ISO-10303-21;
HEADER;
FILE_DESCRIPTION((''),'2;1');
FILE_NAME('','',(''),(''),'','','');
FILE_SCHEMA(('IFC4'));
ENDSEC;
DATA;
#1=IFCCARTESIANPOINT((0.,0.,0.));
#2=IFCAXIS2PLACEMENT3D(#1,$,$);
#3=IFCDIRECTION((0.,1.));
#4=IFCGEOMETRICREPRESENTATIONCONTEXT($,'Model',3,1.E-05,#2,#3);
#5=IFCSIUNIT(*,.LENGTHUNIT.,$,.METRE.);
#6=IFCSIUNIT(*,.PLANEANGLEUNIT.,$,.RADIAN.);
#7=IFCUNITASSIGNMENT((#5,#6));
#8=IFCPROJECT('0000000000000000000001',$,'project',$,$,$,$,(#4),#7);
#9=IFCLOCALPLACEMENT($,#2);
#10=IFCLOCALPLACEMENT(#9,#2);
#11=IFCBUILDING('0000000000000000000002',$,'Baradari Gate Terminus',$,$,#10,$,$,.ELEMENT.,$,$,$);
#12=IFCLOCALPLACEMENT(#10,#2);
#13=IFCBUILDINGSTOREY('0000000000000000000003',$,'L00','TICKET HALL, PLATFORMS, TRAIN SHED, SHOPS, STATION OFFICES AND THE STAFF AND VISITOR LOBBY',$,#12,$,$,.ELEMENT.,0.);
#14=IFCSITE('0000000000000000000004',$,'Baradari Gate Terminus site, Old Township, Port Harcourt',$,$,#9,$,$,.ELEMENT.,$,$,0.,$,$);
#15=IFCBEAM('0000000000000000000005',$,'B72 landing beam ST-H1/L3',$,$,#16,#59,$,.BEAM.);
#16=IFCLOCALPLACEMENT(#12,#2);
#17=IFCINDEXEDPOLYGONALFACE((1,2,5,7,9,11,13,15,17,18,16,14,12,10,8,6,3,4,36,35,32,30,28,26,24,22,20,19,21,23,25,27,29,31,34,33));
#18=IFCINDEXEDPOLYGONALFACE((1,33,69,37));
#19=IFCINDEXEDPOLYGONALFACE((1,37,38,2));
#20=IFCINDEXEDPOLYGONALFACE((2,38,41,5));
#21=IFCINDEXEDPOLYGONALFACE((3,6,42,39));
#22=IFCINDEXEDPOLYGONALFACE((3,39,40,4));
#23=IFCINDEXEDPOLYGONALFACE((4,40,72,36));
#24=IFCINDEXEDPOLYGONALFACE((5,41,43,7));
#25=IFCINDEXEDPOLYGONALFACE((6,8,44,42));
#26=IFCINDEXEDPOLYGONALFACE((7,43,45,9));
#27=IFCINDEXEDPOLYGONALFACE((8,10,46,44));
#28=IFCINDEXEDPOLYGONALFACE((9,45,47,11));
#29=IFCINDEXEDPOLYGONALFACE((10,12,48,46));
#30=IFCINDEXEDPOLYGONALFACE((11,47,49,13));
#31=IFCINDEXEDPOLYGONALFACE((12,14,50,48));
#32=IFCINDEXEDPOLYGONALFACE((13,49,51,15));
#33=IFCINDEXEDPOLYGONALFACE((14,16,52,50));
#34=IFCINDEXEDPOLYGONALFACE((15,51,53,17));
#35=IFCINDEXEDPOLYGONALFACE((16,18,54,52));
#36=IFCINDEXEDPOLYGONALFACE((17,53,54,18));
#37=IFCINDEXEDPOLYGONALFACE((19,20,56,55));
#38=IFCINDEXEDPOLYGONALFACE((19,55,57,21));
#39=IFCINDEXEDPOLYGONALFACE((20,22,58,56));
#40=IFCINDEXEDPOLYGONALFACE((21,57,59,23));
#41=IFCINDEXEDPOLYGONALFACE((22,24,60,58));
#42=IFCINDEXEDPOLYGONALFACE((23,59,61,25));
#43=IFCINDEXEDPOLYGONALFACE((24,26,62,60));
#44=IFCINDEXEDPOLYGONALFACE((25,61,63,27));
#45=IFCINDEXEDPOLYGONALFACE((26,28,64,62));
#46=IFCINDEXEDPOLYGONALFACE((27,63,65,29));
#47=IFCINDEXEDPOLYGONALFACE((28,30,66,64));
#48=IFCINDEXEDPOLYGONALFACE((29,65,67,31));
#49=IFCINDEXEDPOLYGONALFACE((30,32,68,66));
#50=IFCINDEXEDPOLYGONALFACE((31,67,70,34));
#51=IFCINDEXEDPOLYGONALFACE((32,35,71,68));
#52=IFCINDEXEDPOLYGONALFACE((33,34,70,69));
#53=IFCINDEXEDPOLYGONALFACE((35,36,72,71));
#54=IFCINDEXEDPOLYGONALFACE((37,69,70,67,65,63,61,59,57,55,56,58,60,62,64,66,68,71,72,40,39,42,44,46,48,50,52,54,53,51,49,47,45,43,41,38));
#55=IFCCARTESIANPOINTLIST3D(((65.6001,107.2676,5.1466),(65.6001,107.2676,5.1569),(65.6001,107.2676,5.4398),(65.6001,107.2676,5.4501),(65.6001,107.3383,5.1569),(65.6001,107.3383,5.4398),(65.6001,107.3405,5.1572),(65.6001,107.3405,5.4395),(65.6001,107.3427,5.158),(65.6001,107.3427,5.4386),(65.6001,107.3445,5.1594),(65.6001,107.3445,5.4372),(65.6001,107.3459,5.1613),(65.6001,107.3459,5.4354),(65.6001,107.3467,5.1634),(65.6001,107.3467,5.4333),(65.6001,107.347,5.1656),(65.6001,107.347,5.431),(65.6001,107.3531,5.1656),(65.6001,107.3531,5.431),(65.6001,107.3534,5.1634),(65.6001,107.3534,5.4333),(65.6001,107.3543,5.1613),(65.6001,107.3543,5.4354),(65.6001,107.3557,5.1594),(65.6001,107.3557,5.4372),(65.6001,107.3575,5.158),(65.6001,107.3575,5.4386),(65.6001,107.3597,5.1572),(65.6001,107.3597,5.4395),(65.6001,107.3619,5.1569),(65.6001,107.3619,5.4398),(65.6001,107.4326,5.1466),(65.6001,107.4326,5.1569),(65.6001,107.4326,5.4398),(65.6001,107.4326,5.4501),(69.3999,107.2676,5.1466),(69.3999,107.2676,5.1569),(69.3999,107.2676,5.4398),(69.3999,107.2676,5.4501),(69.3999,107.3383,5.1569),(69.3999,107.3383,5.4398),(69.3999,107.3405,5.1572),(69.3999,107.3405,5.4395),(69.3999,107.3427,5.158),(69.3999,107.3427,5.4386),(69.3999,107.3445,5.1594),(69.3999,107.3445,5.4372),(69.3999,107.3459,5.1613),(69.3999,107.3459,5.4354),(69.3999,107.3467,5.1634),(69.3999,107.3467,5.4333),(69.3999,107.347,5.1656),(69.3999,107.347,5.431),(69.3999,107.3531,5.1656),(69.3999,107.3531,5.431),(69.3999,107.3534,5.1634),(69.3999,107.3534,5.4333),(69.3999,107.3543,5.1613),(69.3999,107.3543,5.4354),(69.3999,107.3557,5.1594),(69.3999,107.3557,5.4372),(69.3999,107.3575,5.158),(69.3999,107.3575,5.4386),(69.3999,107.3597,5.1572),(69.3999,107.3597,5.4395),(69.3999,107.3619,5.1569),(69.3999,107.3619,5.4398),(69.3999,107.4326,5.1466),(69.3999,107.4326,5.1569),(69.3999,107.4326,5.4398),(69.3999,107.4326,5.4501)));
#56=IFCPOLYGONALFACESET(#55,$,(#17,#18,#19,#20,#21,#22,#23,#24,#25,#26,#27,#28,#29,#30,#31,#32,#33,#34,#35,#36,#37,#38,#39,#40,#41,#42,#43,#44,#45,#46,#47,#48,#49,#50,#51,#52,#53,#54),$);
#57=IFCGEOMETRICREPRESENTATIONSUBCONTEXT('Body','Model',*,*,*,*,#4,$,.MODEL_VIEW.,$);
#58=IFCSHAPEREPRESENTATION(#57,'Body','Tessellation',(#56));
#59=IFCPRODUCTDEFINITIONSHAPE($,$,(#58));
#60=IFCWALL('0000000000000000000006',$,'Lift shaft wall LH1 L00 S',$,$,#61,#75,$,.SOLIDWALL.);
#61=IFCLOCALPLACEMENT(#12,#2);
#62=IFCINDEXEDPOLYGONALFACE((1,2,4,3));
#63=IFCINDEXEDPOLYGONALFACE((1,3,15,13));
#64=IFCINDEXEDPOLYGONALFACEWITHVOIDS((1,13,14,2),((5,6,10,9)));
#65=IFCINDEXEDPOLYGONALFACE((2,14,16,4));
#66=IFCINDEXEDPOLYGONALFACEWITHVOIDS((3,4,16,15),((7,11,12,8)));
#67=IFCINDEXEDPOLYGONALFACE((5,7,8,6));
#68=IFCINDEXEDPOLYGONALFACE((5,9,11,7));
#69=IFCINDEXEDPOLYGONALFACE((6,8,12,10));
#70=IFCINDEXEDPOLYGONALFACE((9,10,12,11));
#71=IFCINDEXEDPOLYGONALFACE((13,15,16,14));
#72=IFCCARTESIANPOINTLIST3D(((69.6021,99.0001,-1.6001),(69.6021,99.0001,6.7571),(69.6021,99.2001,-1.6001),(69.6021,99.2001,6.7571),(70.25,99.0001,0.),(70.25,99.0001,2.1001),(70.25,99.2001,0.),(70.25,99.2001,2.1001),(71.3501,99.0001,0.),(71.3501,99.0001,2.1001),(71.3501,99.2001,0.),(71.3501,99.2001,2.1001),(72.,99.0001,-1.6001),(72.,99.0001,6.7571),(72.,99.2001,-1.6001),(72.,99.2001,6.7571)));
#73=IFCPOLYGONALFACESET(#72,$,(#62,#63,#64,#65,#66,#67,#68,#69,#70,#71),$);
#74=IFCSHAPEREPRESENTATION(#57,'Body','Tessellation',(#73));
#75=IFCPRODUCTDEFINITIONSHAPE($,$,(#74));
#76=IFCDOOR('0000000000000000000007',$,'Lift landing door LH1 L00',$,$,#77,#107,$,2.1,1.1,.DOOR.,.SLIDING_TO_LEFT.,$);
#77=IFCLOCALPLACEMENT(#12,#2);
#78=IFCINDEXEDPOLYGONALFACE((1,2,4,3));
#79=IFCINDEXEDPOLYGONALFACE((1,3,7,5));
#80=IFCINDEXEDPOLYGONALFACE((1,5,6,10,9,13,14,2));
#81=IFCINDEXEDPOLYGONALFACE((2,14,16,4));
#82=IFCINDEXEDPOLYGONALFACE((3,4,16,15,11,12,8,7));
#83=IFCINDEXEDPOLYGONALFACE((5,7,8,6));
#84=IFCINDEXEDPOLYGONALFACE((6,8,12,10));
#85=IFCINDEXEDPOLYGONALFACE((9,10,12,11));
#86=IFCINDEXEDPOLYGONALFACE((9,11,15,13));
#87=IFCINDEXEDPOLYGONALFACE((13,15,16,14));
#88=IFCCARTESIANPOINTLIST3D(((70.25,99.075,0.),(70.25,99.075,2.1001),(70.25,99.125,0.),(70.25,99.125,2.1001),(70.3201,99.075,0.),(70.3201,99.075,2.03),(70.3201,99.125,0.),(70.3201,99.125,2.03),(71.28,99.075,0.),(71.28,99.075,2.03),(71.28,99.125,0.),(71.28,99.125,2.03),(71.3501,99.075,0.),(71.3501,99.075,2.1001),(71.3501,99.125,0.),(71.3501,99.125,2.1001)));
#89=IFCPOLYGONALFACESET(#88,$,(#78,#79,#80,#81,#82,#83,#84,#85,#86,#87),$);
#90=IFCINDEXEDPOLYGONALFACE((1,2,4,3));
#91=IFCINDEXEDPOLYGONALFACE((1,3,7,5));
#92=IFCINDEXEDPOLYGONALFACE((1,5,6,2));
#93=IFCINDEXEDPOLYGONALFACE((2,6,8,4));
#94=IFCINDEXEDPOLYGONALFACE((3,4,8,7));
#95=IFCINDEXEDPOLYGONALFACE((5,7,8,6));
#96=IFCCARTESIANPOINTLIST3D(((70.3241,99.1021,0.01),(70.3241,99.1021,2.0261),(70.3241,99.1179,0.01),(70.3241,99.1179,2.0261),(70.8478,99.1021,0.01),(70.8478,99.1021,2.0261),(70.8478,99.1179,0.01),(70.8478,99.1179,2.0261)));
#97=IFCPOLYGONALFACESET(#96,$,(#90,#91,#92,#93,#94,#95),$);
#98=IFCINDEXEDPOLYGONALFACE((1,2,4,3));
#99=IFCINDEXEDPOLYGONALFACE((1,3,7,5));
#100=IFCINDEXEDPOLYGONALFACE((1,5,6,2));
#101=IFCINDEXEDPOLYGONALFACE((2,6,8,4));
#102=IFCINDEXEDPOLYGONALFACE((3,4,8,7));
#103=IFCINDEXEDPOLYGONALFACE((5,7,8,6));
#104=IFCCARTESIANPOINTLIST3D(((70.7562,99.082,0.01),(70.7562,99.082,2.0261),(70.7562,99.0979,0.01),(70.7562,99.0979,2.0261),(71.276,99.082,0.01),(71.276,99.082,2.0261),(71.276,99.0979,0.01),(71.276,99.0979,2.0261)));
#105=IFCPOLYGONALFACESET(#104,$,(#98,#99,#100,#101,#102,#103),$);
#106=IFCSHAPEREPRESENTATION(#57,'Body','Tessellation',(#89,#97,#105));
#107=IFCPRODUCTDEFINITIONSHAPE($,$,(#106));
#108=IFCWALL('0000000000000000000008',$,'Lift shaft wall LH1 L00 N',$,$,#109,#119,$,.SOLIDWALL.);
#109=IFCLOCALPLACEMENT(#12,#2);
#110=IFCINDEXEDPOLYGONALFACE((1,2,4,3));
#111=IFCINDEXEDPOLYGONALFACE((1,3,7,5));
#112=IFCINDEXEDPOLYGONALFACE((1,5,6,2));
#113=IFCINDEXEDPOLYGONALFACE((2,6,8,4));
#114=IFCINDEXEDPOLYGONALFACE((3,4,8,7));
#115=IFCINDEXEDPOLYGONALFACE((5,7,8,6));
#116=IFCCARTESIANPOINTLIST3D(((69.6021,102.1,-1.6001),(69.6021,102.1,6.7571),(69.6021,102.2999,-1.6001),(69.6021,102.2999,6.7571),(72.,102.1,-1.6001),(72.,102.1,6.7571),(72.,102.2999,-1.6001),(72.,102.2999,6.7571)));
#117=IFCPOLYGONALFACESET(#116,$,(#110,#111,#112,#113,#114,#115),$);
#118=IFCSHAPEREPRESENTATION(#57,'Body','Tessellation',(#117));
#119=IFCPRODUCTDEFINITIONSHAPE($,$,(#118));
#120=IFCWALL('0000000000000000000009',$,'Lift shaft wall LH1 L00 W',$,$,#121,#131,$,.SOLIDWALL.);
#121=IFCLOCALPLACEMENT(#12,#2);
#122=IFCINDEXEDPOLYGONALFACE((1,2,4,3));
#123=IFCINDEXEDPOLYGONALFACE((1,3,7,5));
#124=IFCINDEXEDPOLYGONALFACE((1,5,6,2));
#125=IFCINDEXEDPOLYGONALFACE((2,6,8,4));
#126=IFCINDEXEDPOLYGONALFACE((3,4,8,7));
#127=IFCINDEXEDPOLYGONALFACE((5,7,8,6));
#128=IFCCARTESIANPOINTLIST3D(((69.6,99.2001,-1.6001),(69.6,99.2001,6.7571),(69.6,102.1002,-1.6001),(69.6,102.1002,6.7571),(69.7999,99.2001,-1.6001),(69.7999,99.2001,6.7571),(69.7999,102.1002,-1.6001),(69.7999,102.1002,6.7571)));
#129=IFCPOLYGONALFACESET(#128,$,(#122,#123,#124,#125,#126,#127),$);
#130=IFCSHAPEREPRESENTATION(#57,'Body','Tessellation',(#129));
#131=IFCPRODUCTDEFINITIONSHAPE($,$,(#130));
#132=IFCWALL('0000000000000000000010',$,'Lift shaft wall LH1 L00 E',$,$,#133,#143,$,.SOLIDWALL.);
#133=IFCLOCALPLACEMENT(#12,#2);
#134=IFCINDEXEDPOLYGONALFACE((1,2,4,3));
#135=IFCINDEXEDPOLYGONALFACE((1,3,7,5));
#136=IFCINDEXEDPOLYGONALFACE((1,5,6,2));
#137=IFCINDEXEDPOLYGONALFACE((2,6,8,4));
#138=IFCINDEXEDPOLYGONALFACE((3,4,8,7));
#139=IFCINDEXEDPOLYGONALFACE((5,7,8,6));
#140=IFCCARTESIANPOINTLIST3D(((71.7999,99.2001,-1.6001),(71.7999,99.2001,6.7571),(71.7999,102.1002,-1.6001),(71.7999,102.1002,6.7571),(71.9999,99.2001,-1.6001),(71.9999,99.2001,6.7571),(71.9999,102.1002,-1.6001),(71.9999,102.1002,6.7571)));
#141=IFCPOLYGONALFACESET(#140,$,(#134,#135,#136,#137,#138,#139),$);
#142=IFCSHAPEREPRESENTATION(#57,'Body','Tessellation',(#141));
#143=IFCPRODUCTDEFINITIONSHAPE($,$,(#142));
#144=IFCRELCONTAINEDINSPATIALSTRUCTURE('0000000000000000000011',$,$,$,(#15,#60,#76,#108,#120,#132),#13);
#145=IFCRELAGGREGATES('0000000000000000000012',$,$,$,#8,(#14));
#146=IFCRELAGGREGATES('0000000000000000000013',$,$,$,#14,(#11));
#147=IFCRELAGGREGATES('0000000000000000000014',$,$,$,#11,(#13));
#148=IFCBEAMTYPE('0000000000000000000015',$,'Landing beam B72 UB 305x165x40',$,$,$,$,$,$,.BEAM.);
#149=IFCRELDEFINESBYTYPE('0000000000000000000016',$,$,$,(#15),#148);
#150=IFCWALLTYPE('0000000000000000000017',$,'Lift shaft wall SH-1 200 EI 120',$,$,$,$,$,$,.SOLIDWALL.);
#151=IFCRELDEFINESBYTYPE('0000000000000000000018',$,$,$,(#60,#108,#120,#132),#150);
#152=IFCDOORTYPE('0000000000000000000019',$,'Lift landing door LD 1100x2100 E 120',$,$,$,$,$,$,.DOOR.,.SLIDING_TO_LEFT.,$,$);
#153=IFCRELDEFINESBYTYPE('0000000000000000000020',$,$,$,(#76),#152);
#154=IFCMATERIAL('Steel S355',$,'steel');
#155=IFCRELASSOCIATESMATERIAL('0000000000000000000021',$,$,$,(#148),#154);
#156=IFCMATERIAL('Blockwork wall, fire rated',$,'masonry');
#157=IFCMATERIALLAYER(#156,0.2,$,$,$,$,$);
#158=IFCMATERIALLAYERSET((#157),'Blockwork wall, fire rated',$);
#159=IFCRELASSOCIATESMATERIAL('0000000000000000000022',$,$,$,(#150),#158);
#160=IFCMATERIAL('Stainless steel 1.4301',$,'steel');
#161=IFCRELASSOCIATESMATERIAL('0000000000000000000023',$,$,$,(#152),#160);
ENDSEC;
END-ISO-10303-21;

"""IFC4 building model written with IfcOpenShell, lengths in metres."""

from ifc_helpers import new_model, si_unit, direction, frame, frame_2d, origin, origin_2d, place, context, subcontext, project, spatial, polyline, rectangle, i_section, outline, extrude, material, layer, layer_set, material_profile, profile_set, type_object, element, fill, save


model = new_model("IFC4")

# Units and contexts
model_context = context("Model", 3, precision=1e-05, world=origin(), true_north=direction((0.0, 1.0)))
body_context = subcontext(model_context, "Body", "Model", "MODEL_VIEW")
ifc_project = project(units=[si_unit("LENGTHUNIT", "METRE"), si_unit("PLANEANGLEUNIT", "RADIAN")], contexts=[model_context])

# Site, building, storey
site_placement = place(None, origin())
site = spatial("IfcSite", under=ifc_project, at=site_placement, Name="Baradari Gate Terminus site, Old Township, Port Harcourt", CompositionType="ELEMENT", RefElevation=0.0)
building_placement = place(site_placement, origin())
building = spatial("IfcBuilding", under=site, at=building_placement, Name="Baradari Gate Terminus", CompositionType="ELEMENT")
storey_placement = place(building_placement, origin())
storey = spatial("IfcBuildingStorey", under=building, at=storey_placement, Name="L00", Description="TICKET HALL, PLATFORMS, TRAIN SHED, SHOPS, STATION OFFICES AND THE STAFF AND VISITOR LOBBY", CompositionType="ELEMENT", Elevation=0.0)

# Beam
ifc_material_1 = material(Name="Steel S355", Category="steel")
ifc_material_profile_1 = material_profile(ifc_material_1, i_section(OverallWidth=0.165, OverallDepth=0.3035, WebThickness=0.0061, FlangeThickness=0.0103, FilletRadius=0.0088, at=origin_2d()), Name="UB 305x165x40")
ifc_profile_set_1 = profile_set([ifc_material_profile_1], Name="Steel S355")
beam_type_1 = type_object("IfcBeamType", Name="Landing beam B72 UB 305x165x40", PredefinedType="BEAM", material=ifc_profile_set_1)
beam_1_placement = place(storey_placement, frame((65.6001, 107.3501, 5.2983), z_axis=(1.0, 0.0, 0.0), x_axis=(0.0, 1.0, 0.0)))
element("IfcBeam", 1, at=beam_1_placement, inside=storey, type_object=beam_type_1, Name="B72 landing beam ST-H1/L3", PredefinedType="BEAM", context=body_context, shape_type="SweptSolid", body=[
    extrude(i_section(OverallWidth=0.165, OverallDepth=0.3035, WebThickness=0.0061, FlangeThickness=0.0103, FilletRadius=0.0088, at=origin_2d()), origin(), (0.0, 0.0, 1.0), 3.7998),
])

# Wall, opening, door
ifc_material_2 = material(Name="Blockwork wall, fire rated", Category="masonry")
ifc_layer_1 = layer(ifc_material_2, 0.2)
ifc_layer_set_1 = layer_set([ifc_layer_1], Name="Blockwork wall, fire rated")
wall_type_1 = type_object("IfcWallType", Name="Lift shaft wall SH-1 200 EI 120", PredefinedType="SOLIDWALL", material=ifc_layer_set_1)
wall_1_placement = place(storey_placement, frame((69.6021, 99.1001, -1.6001), z_axis=(0.0, 0.0, 1.0), x_axis=(1.0, 0.0, 0.0)))
wall_1 = element("IfcWall", 2, at=wall_1_placement, inside=storey, type_object=wall_type_1, Name="Lift shaft wall LH1 L00 S", PredefinedType="SOLIDWALL", context=body_context, shape_type="SweptSolid", body=[
    extrude(rectangle(XDim=2.3979, YDim=0.2, at=frame_2d((1.199, 0.0))), origin(), (0.0, 0.0, 1.0), 8.3572),
])
opening_1_placement = place(wall_1_placement, frame((0.6479, 0.0, 1.6001)))
opening_1 = element("IfcOpeningElement", 3, at=opening_1_placement, cuts=wall_1, PredefinedType="OPENING", context=body_context, shape_type="SweptSolid", body=[
    extrude(rectangle(XDim=1.1001, YDim=2.1001, at=frame_2d((0.55, 1.05))), frame((0.0, 0.1099, 0.0), z_axis=(0.0, -1.0, 0.0), x_axis=(1.0, 0.0, 0.0)), (0.0, 0.0, 1.0), 0.22),
])
ifc_material_3 = material(Name="Stainless steel 1.4301", Category="steel")
door_type_1 = type_object("IfcDoorType", Name="Lift landing door LD 1100x2100 E 120", OperationType="SLIDING_TO_LEFT", PredefinedType="DOOR", material=ifc_material_3)
door_1_placement = place(opening_1_placement, origin())
door_1 = element("IfcDoor", 4, at=door_1_placement, inside=storey, type_object=door_type_1, Name="Lift landing door LH1 L00", OperationType="SLIDING_TO_LEFT", OverallHeight=2.1, OverallWidth=1.1, PredefinedType="DOOR", context=body_context, shape_type="SweptSolid", body=[
    extrude(outline(polyline([(0.0, 0.0), (0.0701, 0.0), (0.0701, 2.03), (1.03, 2.03), (1.03, 0.0), (1.1001, 0.0), (1.1001, 2.1001), (0.0, 2.1001), (0.0, 0.0)])), frame((0.0, 0.0249, 0.0), z_axis=(0.0, -1.0, 0.0), x_axis=(1.0, 0.0, 0.0)), (0.0, 0.0, 1.0), 0.05),
    extrude(rectangle(XDim=0.5237, YDim=2.0161, at=frame_2d((0.3359, 1.0181))), frame((0.0, 0.0178, 0.0), z_axis=(0.0, -1.0, 0.0), x_axis=(1.0, 0.0, 0.0)), (0.0, 0.0, 1.0), 0.0159),
    extrude(rectangle(XDim=0.5198, YDim=2.0161, at=frame_2d((0.7661, 1.0181))), frame((0.0, -0.0022, 0.0), z_axis=(0.0, -1.0, 0.0), x_axis=(1.0, 0.0, 0.0)), (0.0, 0.0, 1.0), 0.0159),
])
fill(opening_1, door_1)

# Walls
wall_2_placement = place(storey_placement, frame((69.6021, 102.2, -1.6001), z_axis=(0.0, 0.0, 1.0), x_axis=(1.0, 0.0, 0.0)))
element("IfcWall", 5, at=wall_2_placement, inside=storey, type_object=wall_type_1, Name="Lift shaft wall LH1 L00 N", PredefinedType="SOLIDWALL", context=body_context, shape_type="SweptSolid", body=[
    extrude(rectangle(XDim=2.3979, YDim=0.2, at=frame_2d((1.199, 0.0))), origin(), (0.0, 0.0, 1.0), 8.3572),
])
for number, where, z_axis, x_axis, name in (
    (6, (69.7, 99.2, -1.6001), (0.0, 0.0, 1.0), (0.0, 1.0, 0.0), "Lift shaft wall LH1 L00 W"),
    (7, (71.8999, 99.2, -1.6001), (0.0, 0.0, 1.0), (0.0, 1.0, 0.0), "Lift shaft wall LH1 L00 E"),
):
    element("IfcWall", number, at=place(storey_placement, frame(where, z_axis=z_axis, x_axis=x_axis)), inside=storey, type_object=wall_type_1, Name=name, PredefinedType="SOLIDWALL", context=body_context, shape_type="SweptSolid", body=[
        extrude(rectangle(XDim=2.9001, YDim=0.2, at=frame_2d((1.4502, 0.0))), origin(), (0.0, 0.0, 1.0), 8.3572),
    ])

save(model, "model.ifc")
